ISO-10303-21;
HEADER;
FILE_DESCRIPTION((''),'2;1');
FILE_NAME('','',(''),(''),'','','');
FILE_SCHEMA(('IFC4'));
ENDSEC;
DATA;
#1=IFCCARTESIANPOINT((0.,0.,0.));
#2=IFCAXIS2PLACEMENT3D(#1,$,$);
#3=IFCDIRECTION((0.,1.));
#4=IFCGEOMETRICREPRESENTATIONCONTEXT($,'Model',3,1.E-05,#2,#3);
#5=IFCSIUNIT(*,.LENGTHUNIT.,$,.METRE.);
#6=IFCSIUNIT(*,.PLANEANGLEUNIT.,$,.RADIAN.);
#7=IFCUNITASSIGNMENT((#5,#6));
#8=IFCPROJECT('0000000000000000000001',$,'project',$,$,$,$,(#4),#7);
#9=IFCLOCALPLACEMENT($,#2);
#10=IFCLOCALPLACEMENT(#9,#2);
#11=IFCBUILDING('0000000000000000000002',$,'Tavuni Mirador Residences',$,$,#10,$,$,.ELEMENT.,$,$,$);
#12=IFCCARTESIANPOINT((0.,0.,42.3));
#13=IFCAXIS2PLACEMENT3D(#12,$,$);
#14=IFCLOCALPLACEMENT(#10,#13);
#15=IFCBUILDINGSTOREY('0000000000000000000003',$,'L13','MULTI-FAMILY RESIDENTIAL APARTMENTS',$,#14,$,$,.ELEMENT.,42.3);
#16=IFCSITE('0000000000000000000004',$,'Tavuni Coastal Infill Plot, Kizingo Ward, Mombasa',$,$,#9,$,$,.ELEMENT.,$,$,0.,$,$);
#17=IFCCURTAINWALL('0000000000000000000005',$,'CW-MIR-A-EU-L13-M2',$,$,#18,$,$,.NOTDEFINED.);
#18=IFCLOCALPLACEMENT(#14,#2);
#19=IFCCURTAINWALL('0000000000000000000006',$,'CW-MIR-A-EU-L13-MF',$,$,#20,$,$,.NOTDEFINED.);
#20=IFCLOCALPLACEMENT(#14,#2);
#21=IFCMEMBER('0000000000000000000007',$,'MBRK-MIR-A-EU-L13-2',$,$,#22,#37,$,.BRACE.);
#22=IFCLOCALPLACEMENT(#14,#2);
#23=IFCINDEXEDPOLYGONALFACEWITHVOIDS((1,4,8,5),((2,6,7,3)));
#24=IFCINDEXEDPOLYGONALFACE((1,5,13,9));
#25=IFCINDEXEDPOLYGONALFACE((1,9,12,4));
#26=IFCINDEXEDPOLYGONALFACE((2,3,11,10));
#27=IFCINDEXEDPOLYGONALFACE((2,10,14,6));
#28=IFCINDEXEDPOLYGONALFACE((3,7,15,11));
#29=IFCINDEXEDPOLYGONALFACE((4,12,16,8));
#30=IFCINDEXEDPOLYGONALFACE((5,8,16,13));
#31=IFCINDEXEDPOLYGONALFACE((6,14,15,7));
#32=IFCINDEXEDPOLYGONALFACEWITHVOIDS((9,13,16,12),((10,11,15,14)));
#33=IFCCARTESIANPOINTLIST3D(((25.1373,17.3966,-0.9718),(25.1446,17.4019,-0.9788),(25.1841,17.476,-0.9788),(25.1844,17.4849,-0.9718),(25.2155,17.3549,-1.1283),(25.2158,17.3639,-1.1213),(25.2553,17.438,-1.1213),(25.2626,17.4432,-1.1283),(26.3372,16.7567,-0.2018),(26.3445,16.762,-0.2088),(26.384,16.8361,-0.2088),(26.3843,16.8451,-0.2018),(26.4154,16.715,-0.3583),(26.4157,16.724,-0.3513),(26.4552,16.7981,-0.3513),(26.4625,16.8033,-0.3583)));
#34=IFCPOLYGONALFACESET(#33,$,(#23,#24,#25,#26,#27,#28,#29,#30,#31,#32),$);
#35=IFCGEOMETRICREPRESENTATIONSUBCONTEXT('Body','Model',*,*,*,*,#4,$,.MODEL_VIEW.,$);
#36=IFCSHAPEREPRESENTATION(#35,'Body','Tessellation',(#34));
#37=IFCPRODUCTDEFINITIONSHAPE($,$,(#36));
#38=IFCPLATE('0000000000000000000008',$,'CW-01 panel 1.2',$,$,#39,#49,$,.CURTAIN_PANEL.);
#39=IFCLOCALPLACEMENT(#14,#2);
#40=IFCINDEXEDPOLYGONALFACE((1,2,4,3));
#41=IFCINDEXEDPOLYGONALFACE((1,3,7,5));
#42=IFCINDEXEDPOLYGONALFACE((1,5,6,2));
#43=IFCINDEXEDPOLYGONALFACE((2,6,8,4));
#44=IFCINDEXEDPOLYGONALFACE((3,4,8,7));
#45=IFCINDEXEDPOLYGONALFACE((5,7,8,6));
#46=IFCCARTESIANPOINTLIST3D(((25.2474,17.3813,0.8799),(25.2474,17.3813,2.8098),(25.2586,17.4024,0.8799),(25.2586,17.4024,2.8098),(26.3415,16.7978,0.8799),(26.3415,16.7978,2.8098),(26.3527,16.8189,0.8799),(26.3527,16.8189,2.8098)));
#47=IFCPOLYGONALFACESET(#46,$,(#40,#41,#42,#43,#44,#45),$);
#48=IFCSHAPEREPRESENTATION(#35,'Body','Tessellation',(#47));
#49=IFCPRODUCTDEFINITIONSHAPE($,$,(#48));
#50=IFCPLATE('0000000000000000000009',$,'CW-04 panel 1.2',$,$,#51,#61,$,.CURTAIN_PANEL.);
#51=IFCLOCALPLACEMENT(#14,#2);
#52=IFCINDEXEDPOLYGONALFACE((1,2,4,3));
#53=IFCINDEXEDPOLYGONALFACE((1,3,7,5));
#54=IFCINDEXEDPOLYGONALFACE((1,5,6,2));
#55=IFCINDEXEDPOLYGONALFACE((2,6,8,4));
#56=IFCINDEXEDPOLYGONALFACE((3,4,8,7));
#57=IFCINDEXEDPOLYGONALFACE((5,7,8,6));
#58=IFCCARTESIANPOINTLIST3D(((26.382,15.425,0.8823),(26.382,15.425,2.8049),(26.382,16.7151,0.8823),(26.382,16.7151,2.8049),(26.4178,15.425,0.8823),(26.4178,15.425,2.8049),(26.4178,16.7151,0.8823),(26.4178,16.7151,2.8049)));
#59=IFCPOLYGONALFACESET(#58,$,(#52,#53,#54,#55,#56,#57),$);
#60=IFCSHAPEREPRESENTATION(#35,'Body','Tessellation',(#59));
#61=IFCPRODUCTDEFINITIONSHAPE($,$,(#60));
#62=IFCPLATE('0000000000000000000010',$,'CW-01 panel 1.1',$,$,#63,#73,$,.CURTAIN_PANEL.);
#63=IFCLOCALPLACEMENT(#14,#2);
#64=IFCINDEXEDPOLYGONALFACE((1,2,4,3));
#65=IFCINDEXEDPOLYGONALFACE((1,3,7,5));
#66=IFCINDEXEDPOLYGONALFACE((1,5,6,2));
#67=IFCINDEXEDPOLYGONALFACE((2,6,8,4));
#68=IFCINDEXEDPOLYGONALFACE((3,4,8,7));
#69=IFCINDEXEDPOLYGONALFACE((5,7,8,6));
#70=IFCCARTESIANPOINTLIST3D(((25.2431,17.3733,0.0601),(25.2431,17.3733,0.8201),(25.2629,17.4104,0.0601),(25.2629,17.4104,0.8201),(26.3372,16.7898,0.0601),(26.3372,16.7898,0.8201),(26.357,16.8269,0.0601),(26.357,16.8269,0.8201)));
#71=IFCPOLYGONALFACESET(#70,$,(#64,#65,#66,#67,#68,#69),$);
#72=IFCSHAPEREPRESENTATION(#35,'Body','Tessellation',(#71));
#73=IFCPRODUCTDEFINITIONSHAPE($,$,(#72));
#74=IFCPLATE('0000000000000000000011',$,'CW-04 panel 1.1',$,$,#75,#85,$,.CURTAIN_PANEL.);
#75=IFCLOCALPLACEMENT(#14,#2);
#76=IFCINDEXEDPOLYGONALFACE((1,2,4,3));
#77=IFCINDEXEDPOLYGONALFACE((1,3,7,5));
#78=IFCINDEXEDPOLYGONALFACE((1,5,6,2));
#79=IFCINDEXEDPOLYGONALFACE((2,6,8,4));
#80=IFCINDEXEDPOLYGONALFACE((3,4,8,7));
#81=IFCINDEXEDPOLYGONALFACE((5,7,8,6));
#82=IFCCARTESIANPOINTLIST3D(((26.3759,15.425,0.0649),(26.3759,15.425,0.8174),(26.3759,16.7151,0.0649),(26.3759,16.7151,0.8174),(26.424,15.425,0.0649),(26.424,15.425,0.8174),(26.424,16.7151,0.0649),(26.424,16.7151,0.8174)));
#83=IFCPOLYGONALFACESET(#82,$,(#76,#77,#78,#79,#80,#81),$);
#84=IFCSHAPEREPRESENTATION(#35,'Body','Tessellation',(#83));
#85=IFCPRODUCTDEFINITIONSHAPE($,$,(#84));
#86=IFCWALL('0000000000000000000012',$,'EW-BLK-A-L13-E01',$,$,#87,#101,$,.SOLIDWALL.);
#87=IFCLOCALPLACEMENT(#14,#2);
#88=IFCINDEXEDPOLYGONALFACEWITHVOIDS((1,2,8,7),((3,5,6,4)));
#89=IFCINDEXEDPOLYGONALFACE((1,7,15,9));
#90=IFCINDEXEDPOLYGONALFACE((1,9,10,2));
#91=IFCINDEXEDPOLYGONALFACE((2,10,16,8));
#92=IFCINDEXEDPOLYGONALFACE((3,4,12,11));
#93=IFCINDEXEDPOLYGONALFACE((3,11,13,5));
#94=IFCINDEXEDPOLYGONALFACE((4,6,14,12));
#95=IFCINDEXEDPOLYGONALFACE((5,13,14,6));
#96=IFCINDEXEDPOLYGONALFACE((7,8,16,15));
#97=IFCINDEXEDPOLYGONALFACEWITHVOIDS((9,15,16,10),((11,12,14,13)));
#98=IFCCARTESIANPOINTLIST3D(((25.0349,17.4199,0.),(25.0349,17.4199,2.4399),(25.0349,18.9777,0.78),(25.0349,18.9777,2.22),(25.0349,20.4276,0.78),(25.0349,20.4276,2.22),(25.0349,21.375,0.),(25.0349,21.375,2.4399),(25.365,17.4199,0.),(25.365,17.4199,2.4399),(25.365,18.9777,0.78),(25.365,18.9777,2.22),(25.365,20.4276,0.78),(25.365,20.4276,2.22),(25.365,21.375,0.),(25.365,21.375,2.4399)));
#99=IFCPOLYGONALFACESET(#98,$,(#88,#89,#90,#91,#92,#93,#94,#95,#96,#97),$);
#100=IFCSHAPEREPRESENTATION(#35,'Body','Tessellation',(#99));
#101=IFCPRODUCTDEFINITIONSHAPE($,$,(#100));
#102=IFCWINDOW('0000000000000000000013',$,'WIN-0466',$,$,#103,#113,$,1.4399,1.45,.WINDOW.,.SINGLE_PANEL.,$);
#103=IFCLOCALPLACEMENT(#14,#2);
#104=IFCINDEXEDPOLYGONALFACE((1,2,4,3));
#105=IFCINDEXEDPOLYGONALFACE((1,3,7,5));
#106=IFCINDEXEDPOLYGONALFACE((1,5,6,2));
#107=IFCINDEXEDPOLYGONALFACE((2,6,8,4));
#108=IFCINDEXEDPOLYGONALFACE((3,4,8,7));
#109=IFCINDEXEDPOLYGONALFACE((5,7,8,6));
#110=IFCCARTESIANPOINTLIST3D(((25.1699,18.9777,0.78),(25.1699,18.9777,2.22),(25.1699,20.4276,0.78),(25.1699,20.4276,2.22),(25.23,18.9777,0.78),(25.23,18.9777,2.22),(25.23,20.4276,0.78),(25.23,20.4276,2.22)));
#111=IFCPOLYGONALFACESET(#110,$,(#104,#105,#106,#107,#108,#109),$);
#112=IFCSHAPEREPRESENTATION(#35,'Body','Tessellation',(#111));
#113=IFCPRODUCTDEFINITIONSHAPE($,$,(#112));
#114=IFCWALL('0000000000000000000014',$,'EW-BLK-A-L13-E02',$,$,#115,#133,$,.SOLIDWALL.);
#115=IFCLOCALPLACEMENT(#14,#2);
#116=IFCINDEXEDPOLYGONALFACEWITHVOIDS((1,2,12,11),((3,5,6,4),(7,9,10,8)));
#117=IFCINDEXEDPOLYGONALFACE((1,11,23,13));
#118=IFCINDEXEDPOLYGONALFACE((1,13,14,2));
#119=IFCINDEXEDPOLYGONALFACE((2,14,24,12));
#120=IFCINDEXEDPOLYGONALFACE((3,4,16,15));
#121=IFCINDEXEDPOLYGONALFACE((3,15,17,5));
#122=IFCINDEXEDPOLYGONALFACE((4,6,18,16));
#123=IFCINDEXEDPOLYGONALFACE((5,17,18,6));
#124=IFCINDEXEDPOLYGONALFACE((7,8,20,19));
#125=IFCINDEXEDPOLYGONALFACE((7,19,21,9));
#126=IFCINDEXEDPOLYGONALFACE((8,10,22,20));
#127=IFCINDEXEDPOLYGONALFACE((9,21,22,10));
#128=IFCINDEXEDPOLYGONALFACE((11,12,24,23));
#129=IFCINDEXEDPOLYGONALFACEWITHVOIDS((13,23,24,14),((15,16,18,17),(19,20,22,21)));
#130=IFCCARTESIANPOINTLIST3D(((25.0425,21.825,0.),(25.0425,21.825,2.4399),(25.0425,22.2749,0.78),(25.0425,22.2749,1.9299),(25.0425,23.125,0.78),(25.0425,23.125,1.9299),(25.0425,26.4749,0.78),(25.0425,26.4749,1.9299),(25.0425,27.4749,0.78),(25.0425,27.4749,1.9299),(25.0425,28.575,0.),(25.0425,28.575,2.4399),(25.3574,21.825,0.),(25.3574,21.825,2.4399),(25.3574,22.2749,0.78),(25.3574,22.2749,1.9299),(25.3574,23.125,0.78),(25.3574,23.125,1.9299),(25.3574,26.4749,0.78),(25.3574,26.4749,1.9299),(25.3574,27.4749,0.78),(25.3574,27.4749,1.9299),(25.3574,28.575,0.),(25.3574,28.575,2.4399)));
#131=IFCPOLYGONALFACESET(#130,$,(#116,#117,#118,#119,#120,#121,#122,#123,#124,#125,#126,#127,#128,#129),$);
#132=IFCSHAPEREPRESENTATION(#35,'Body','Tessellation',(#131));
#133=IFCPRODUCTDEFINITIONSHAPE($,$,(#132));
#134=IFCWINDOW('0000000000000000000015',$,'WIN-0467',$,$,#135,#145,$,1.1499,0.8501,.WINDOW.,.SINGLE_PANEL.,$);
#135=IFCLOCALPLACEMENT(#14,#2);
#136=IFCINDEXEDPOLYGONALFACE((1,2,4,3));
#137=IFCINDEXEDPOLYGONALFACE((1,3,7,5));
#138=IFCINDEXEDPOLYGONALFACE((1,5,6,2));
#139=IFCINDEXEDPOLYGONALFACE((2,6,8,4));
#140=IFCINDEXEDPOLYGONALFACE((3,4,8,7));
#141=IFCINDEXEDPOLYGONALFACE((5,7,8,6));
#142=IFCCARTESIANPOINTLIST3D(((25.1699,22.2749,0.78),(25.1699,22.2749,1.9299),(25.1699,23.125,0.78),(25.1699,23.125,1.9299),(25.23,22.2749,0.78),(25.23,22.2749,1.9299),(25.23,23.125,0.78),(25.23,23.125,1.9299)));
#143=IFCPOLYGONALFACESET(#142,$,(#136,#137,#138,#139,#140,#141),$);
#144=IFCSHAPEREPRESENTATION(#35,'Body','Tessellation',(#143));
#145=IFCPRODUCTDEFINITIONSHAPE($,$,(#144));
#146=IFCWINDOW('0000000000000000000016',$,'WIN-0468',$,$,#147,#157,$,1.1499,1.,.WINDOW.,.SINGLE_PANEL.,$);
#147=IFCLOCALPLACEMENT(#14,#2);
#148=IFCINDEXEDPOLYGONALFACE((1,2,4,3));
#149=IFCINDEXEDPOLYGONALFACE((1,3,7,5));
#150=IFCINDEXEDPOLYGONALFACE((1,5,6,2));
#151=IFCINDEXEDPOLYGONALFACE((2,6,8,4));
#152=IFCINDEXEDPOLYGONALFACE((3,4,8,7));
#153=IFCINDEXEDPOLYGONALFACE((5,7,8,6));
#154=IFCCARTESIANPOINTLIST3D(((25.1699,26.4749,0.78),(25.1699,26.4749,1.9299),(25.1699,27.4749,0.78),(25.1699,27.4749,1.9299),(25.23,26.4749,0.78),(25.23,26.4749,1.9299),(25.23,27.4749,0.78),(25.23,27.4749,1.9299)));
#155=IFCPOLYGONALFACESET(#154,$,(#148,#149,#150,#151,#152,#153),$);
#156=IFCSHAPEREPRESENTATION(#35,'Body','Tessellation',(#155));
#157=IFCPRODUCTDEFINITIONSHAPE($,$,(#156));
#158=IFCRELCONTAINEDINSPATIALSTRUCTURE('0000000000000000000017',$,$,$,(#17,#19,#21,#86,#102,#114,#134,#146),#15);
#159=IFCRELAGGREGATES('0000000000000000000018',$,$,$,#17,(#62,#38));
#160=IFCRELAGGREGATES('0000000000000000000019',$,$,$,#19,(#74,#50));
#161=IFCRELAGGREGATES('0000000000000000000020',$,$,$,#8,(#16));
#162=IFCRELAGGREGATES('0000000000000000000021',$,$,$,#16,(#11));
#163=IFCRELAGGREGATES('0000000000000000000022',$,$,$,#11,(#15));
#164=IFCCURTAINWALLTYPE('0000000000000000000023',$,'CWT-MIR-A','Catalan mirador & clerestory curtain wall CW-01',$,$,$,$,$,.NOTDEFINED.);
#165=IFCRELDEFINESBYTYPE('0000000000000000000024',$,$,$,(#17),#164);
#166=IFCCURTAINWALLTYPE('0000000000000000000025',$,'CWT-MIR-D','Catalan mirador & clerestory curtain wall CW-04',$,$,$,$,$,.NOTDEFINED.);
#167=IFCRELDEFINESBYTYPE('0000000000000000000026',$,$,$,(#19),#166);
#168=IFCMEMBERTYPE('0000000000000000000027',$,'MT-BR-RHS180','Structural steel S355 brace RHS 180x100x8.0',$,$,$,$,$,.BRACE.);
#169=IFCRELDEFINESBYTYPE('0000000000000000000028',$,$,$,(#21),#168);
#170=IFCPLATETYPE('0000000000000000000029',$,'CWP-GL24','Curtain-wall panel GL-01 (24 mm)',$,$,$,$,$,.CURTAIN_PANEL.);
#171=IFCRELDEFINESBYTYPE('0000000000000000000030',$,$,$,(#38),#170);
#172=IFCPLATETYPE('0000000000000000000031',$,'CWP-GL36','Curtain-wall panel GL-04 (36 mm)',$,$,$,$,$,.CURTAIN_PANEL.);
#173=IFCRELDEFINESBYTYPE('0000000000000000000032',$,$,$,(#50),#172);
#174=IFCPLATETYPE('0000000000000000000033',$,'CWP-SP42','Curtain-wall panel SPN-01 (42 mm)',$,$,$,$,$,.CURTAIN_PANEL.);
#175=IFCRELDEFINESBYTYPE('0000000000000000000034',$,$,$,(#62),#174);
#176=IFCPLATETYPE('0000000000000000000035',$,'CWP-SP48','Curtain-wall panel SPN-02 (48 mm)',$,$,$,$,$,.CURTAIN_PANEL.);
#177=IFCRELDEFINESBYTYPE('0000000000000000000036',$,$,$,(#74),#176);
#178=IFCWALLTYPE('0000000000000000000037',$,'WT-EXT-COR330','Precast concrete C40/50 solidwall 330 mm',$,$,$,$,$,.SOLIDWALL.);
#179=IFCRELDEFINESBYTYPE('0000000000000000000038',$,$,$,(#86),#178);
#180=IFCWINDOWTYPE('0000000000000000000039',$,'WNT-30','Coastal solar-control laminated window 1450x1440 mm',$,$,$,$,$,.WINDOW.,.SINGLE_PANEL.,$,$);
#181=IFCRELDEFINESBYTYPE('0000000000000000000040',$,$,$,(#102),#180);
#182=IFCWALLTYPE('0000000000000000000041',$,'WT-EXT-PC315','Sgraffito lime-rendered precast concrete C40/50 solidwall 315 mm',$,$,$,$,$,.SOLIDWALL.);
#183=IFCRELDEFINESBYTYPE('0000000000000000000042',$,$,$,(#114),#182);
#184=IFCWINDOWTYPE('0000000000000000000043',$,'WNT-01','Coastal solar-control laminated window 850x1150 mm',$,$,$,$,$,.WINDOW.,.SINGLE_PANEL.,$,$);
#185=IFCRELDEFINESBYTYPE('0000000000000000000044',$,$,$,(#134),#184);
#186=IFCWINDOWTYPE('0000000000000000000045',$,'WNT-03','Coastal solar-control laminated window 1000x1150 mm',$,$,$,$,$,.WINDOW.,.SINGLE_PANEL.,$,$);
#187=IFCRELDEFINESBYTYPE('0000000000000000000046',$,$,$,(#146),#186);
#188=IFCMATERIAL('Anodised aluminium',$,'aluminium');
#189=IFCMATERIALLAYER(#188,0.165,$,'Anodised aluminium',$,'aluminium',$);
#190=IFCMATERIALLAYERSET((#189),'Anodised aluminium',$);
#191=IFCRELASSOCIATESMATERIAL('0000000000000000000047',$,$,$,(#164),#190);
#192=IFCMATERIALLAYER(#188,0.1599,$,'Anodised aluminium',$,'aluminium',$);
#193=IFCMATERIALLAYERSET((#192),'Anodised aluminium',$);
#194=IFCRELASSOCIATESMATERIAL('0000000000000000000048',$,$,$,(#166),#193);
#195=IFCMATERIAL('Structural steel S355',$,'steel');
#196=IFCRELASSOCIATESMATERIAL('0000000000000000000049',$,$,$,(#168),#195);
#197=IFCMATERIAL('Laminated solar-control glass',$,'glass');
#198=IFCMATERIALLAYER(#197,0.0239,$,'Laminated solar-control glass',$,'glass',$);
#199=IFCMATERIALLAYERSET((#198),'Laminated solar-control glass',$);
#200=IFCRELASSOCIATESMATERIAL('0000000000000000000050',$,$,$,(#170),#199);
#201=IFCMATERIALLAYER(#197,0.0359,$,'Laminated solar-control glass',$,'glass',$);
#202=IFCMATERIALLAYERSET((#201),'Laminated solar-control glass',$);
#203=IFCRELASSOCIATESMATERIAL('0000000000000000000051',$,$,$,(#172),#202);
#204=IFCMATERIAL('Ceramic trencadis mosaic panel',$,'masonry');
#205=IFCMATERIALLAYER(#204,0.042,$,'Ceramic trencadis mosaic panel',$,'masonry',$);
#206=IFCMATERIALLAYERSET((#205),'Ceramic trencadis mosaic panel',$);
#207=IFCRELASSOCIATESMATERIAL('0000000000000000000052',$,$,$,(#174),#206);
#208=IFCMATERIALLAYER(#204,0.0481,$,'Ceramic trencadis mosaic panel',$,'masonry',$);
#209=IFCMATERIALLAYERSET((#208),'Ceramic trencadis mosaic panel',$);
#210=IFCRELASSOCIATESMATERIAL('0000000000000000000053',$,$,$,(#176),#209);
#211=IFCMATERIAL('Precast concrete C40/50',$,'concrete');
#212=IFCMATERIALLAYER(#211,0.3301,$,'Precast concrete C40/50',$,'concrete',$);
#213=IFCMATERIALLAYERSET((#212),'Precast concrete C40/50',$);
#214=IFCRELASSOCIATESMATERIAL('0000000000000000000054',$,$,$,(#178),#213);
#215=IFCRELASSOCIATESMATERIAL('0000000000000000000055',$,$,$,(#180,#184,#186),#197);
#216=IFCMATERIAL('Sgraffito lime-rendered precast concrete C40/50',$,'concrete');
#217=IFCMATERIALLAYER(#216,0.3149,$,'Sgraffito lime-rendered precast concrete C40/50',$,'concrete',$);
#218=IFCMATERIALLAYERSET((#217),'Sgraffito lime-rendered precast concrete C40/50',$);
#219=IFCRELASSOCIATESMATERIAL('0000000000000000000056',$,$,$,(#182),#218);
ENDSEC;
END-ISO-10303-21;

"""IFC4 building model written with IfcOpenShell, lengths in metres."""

from ifc_helpers import new_model, si_unit, direction, frame, frame_2d, origin, origin_2d, place, context, subcontext, project, spatial, rectangle, hollow_rectangle, extrude, material, layer, layer_set, material_profile, profile_set, type_object, element, fill, aggregate, save


model = new_model("IFC4")

# Units and contexts
model_context = context("Model", 3, precision=1e-05, world=origin(), true_north=direction((0.0, 1.0)))
body_context = subcontext(model_context, "Body", "Model", "MODEL_VIEW")
ifc_project = project(units=[si_unit("LENGTHUNIT", "METRE"), si_unit("PLANEANGLEUNIT", "RADIAN")], contexts=[model_context])

# Site, building, storey
site_placement = place(None, origin())
site = spatial("IfcSite", under=ifc_project, at=site_placement, Name="Tavuni Coastal Infill Plot, Kizingo Ward, Mombasa", CompositionType="ELEMENT", RefElevation=0.0)
building_placement = place(site_placement, origin())
building = spatial("IfcBuilding", under=site, at=building_placement, Name="Tavuni Mirador Residences", CompositionType="ELEMENT")
storey_placement = place(building_placement, frame((0.0, 0.0, 42.3)))
storey = spatial("IfcBuildingStorey", under=building, at=storey_placement, Name="L13", Description="MULTI-FAMILY RESIDENTIAL APARTMENTS", CompositionType="ELEMENT", Elevation=42.3)

# Shared definitions
ifc_material_1 = material(Name="Precast concrete C40/50", Category="concrete")

# Curtain wall
ifc_material_2 = material(Name="Anodised aluminium", Category="aluminium")
ifc_layer_1 = layer(ifc_material_2, 0.165, Name="Anodised aluminium", Category="aluminium")
ifc_layer_set_1 = layer_set([ifc_layer_1], Name="Anodised aluminium")
curtain_wall_type_1 = type_object("IfcCurtainWallType", Name="CWT-MIR-A", Description="Catalan mirador & clerestory curtain wall CW-01", PredefinedType="NOTDEFINED", material=ifc_layer_set_1)
curtain_wall_1_placement = place(storey_placement, origin())
curtain_wall_1 = element("IfcCurtainWall", 1, at=curtain_wall_1_placement, inside=storey, type_object=curtain_wall_type_1, Name="CW-MIR-A-EU-L13-M2", PredefinedType="NOTDEFINED")

# Curtain wall
ifc_layer_2 = layer(ifc_material_2, 0.1599, Name="Anodised aluminium", Category="aluminium")
ifc_layer_set_2 = layer_set([ifc_layer_2], Name="Anodised aluminium")
curtain_wall_type_2 = type_object("IfcCurtainWallType", Name="CWT-MIR-D", Description="Catalan mirador & clerestory curtain wall CW-04", PredefinedType="NOTDEFINED", material=ifc_layer_set_2)
curtain_wall_2_placement = place(storey_placement, origin())
curtain_wall_2 = element("IfcCurtainWall", 2, at=curtain_wall_2_placement, inside=storey, type_object=curtain_wall_type_2, Name="CW-MIR-A-EU-L13-MF", PredefinedType="NOTDEFINED")

# Member
ifc_material_3 = material(Name="Structural steel S355", Category="steel")
ifc_material_profile_1 = material_profile(ifc_material_3, hollow_rectangle(XDim=0.1001, YDim=0.1799, WallThickness=0.0081, at=origin_2d()), Name="RHS 180x100x8.0", Category="steel")
ifc_profile_set_1 = profile_set([ifc_material_profile_1], Name="Structural steel S355")
member_type_1 = type_object("IfcMemberType", Name="MT-BR-RHS180", Description="Structural steel S355 brace RHS 180x100x8.0", PredefinedType="BRACE", material=ifc_profile_set_1)
member_1_placement = place(storey_placement, frame((25.2, 17.4199, -1.05), z_axis=(0.767832, -0.409458, 0.492725), x_axis=(0.470542, 0.882378, 0.0)))
element("IfcMember", 3, at=member_1_placement, inside=storey, type_object=member_type_1, Name="MBRK-MIR-A-EU-L13-2", PredefinedType="BRACE", context=body_context, shape_type="SweptSolid", body=[
    extrude(hollow_rectangle(XDim=0.1001, YDim=0.1799, WallThickness=0.0081, at=origin_2d()), origin(), (0.0, 0.0, 1.0), 1.5627),
])

# Plates
ifc_material_4 = material(Name="Laminated solar-control glass", Category="glass")
ifc_layer_3 = layer(ifc_material_4, 0.0239, Name="Laminated solar-control glass", Category="glass")
ifc_layer_set_3 = layer_set([ifc_layer_3], Name="Laminated solar-control glass")
plate_type_1 = type_object("IfcPlateType", Name="CWP-GL24", Description="Curtain-wall panel GL-01 (24 mm)", PredefinedType="CURTAIN_PANEL", material=ifc_layer_set_3)
plate_1_placement = place(storey_placement, frame((25.8, 17.1001, 0.8799), z_axis=(0.0, 0.0, 1.0), x_axis=(-0.882353, 0.470588, 0.0)))
plate_1 = element("IfcPlate", 4, at=plate_1_placement, type_object=plate_type_1, Name="CW-01 panel 1.2", PredefinedType="CURTAIN_PANEL", context=body_context, shape_type="SweptSolid", body=[
    extrude(rectangle(XDim=1.24, YDim=0.0239, at=origin_2d()), origin(), (0.0, 0.0, 1.0), 1.9299),
])
ifc_layer_4 = layer(ifc_material_4, 0.0359, Name="Laminated solar-control glass", Category="glass")
ifc_layer_set_4 = layer_set([ifc_layer_4], Name="Laminated solar-control glass")
plate_type_2 = type_object("IfcPlateType", Name="CWP-GL36", Description="Curtain-wall panel GL-04 (36 mm)", PredefinedType="CURTAIN_PANEL", material=ifc_layer_set_4)
plate_2_placement = place(storey_placement, frame((26.3999, 16.0701, 0.8823), z_axis=(0.0, 0.0, 1.0), x_axis=(0.0, 1.0, 0.0)))
plate_2 = element("IfcPlate", 5, at=plate_2_placement, type_object=plate_type_2, Name="CW-04 panel 1.2", PredefinedType="CURTAIN_PANEL", context=body_context, shape_type="SweptSolid", body=[
    extrude(rectangle(XDim=1.29, YDim=0.0359, at=origin_2d()), origin(), (0.0, 0.0, 1.0), 1.9226),
])
ifc_material_5 = material(Name="Ceramic trencadis mosaic panel", Category="masonry")
ifc_layer_5 = layer(ifc_material_5, 0.042, Name="Ceramic trencadis mosaic panel", Category="masonry")
ifc_layer_set_5 = layer_set([ifc_layer_5], Name="Ceramic trencadis mosaic panel")
plate_type_3 = type_object("IfcPlateType", Name="CWP-SP42", Description="Curtain-wall panel SPN-01 (42 mm)", PredefinedType="CURTAIN_PANEL", material=ifc_layer_set_5)
plate_3_placement = place(storey_placement, frame((25.8, 17.1001, 0.0601), z_axis=(0.0, 0.0, 1.0), x_axis=(-0.882353, 0.470588, 0.0)))
plate_3 = element("IfcPlate", 6, at=plate_3_placement, type_object=plate_type_3, Name="CW-01 panel 1.1", PredefinedType="CURTAIN_PANEL", context=body_context, shape_type="SweptSolid", body=[
    extrude(rectangle(XDim=1.24, YDim=0.042, at=origin_2d()), origin(), (0.0, 0.0, 1.0), 0.76),
])
aggregate(curtain_wall_1, [plate_3, plate_1])
ifc_layer_6 = layer(ifc_material_5, 0.0481, Name="Ceramic trencadis mosaic panel", Category="masonry")
ifc_layer_set_6 = layer_set([ifc_layer_6], Name="Ceramic trencadis mosaic panel")
plate_type_4 = type_object("IfcPlateType", Name="CWP-SP48", Description="Curtain-wall panel SPN-02 (48 mm)", PredefinedType="CURTAIN_PANEL", material=ifc_layer_set_6)
plate_4_placement = place(storey_placement, frame((26.3999, 16.0701, 0.0649), z_axis=(0.0, 0.0, 1.0), x_axis=(0.0, 1.0, 0.0)))
plate_4 = element("IfcPlate", 7, at=plate_4_placement, type_object=plate_type_4, Name="CW-04 panel 1.1", PredefinedType="CURTAIN_PANEL", context=body_context, shape_type="SweptSolid", body=[
    extrude(rectangle(XDim=1.29, YDim=0.0481, at=origin_2d()), origin(), (0.0, 0.0, 1.0), 0.7524),
])
aggregate(curtain_wall_2, [plate_4, plate_2])

# Wall, opening, window
ifc_layer_7 = layer(ifc_material_1, 0.3301, Name="Precast concrete C40/50", Category="concrete")
ifc_layer_set_7 = layer_set([ifc_layer_7], Name="Precast concrete C40/50")
wall_type_1 = type_object("IfcWallType", Name="WT-EXT-COR330", Description="Precast concrete C40/50 solidwall 330 mm", PredefinedType="SOLIDWALL", material=ifc_layer_set_7)
wall_1_placement = place(storey_placement, frame((25.2, 17.4199, 0.0), z_axis=(0.0, 0.0, 1.0), x_axis=(0.0, 1.0, 0.0)))
wall_1 = element("IfcWall", 8, at=wall_1_placement, inside=storey, type_object=wall_type_1, Name="EW-BLK-A-L13-E01", PredefinedType="SOLIDWALL", context=body_context, shape_type="SweptSolid", body=[
    extrude(rectangle(XDim=3.9551, YDim=0.3301, at=frame_2d((1.9775, 0.0))), origin(), (0.0, 0.0, 1.0), 2.4399),
])
opening_1_placement = place(wall_1_placement, frame((1.5576, 0.0, 0.78)))
opening_1 = element("IfcOpeningElement", 9, at=opening_1_placement, cuts=wall_1, PredefinedType="OPENING", context=body_context, shape_type="SweptSolid", body=[
    extrude(rectangle(XDim=1.45, YDim=1.4399, at=frame_2d((0.7251, 0.72))), frame((0.0, 0.175, 0.0), z_axis=(0.0, -1.0, 0.0), x_axis=(1.0, 0.0, 0.0)), (0.0, 0.0, 1.0), 0.3501),
])
window_type_1 = type_object("IfcWindowType", Name="WNT-30", Description="Coastal solar-control laminated window 1450x1440 mm", PartitioningType="SINGLE_PANEL", PredefinedType="WINDOW", material=ifc_material_4)
window_1_placement = place(opening_1_placement, origin())
window_1 = element("IfcWindow", 10, at=window_1_placement, inside=storey, type_object=window_type_1, Name="WIN-0466", OverallHeight=1.4399, OverallWidth=1.45, PartitioningType="SINGLE_PANEL", PredefinedType="WINDOW", context=body_context, shape_type="SweptSolid", body=[
    extrude(rectangle(XDim=1.45, YDim=1.4399, at=frame_2d((0.7251, 0.72))), frame((0.0, 0.03, 0.0), z_axis=(0.0, -1.0, 0.0), x_axis=(1.0, 0.0, 0.0)), (0.0, 0.0, 1.0), 0.0601),
])
fill(opening_1, window_1)

# Wall, openings, windows
ifc_material_6 = material(Name="Sgraffito lime-rendered precast concrete C40/50", Category="concrete")
ifc_layer_8 = layer(ifc_material_6, 0.3149, Name="Sgraffito lime-rendered precast concrete C40/50", Category="concrete")
ifc_layer_set_8 = layer_set([ifc_layer_8], Name="Sgraffito lime-rendered precast concrete C40/50")
wall_type_2 = type_object("IfcWallType", Name="WT-EXT-PC315", Description="Sgraffito lime-rendered precast concrete C40/50 solidwall 315 mm", PredefinedType="SOLIDWALL", material=ifc_layer_set_8)
wall_2_placement = place(storey_placement, frame((25.2, 21.825, 0.0), z_axis=(0.0, 0.0, 1.0), x_axis=(0.0, 1.0, 0.0)))
wall_2 = element("IfcWall", 11, at=wall_2_placement, inside=storey, type_object=wall_type_2, Name="EW-BLK-A-L13-E02", PredefinedType="SOLIDWALL", context=body_context, shape_type="SweptSolid", body=[
    extrude(rectangle(XDim=6.75, YDim=0.3149, at=frame_2d((3.375, 0.0))), origin(), (0.0, 0.0, 1.0), 2.4399),
])
opening_2_placement = place(wall_2_placement, frame((0.45, 0.0, 0.78)))
opening_2 = element("IfcOpeningElement", 12, at=opening_2_placement, cuts=wall_2, PredefinedType="OPENING", context=body_context, shape_type="SweptSolid", body=[
    extrude(rectangle(XDim=0.8501, YDim=1.1499, at=frame_2d((0.425, 0.575))), frame((0.0, 0.1675, 0.0), z_axis=(0.0, -1.0, 0.0), x_axis=(1.0, 0.0, 0.0)), (0.0, 0.0, 1.0), 0.335),
])
opening_3_placement = place(wall_2_placement, frame((4.6499, 0.0, 0.78)))
opening_3 = element("IfcOpeningElement", 13, at=opening_3_placement, cuts=wall_2, PredefinedType="OPENING", context=body_context, shape_type="SweptSolid", body=[
    extrude(rectangle(XDim=1.0, YDim=1.1499, at=frame_2d((0.5, 0.575))), frame((0.0, 0.1675, 0.0), z_axis=(0.0, -1.0, 0.0), x_axis=(1.0, 0.0, 0.0)), (0.0, 0.0, 1.0), 0.335),
])
window_type_2 = type_object("IfcWindowType", Name="WNT-01", Description="Coastal solar-control laminated window 850x1150 mm", PartitioningType="SINGLE_PANEL", PredefinedType="WINDOW", material=ifc_material_4)
window_2_placement = place(opening_2_placement, origin())
window_2 = element("IfcWindow", 14, at=window_2_placement, inside=storey, type_object=window_type_2, Name="WIN-0467", OverallHeight=1.1499, OverallWidth=0.8501, PartitioningType="SINGLE_PANEL", PredefinedType="WINDOW", context=body_context, shape_type="SweptSolid", body=[
    extrude(rectangle(XDim=0.8501, YDim=1.1499, at=frame_2d((0.425, 0.575))), frame((0.0, 0.03, 0.0), z_axis=(0.0, -1.0, 0.0), x_axis=(1.0, 0.0, 0.0)), (0.0, 0.0, 1.0), 0.0601),
])
fill(opening_2, window_2)
window_type_3 = type_object("IfcWindowType", Name="WNT-03", Description="Coastal solar-control laminated window 1000x1150 mm", PartitioningType="SINGLE_PANEL", PredefinedType="WINDOW", material=ifc_material_4)
window_3_placement = place(opening_3_placement, origin())
window_3 = element("IfcWindow", 15, at=window_3_placement, inside=storey, type_object=window_type_3, Name="WIN-0468", OverallHeight=1.1499, OverallWidth=1.0, PartitioningType="SINGLE_PANEL", PredefinedType="WINDOW", context=body_context, shape_type="SweptSolid", body=[
    extrude(rectangle(XDim=1.0, YDim=1.1499, at=frame_2d((0.5, 0.575))), frame((0.0, 0.03, 0.0), z_axis=(0.0, -1.0, 0.0), x_axis=(1.0, 0.0, 0.0)), (0.0, 0.0, 1.0), 0.0601),
])
fill(opening_3, window_3)

save(model, "model.ifc")
